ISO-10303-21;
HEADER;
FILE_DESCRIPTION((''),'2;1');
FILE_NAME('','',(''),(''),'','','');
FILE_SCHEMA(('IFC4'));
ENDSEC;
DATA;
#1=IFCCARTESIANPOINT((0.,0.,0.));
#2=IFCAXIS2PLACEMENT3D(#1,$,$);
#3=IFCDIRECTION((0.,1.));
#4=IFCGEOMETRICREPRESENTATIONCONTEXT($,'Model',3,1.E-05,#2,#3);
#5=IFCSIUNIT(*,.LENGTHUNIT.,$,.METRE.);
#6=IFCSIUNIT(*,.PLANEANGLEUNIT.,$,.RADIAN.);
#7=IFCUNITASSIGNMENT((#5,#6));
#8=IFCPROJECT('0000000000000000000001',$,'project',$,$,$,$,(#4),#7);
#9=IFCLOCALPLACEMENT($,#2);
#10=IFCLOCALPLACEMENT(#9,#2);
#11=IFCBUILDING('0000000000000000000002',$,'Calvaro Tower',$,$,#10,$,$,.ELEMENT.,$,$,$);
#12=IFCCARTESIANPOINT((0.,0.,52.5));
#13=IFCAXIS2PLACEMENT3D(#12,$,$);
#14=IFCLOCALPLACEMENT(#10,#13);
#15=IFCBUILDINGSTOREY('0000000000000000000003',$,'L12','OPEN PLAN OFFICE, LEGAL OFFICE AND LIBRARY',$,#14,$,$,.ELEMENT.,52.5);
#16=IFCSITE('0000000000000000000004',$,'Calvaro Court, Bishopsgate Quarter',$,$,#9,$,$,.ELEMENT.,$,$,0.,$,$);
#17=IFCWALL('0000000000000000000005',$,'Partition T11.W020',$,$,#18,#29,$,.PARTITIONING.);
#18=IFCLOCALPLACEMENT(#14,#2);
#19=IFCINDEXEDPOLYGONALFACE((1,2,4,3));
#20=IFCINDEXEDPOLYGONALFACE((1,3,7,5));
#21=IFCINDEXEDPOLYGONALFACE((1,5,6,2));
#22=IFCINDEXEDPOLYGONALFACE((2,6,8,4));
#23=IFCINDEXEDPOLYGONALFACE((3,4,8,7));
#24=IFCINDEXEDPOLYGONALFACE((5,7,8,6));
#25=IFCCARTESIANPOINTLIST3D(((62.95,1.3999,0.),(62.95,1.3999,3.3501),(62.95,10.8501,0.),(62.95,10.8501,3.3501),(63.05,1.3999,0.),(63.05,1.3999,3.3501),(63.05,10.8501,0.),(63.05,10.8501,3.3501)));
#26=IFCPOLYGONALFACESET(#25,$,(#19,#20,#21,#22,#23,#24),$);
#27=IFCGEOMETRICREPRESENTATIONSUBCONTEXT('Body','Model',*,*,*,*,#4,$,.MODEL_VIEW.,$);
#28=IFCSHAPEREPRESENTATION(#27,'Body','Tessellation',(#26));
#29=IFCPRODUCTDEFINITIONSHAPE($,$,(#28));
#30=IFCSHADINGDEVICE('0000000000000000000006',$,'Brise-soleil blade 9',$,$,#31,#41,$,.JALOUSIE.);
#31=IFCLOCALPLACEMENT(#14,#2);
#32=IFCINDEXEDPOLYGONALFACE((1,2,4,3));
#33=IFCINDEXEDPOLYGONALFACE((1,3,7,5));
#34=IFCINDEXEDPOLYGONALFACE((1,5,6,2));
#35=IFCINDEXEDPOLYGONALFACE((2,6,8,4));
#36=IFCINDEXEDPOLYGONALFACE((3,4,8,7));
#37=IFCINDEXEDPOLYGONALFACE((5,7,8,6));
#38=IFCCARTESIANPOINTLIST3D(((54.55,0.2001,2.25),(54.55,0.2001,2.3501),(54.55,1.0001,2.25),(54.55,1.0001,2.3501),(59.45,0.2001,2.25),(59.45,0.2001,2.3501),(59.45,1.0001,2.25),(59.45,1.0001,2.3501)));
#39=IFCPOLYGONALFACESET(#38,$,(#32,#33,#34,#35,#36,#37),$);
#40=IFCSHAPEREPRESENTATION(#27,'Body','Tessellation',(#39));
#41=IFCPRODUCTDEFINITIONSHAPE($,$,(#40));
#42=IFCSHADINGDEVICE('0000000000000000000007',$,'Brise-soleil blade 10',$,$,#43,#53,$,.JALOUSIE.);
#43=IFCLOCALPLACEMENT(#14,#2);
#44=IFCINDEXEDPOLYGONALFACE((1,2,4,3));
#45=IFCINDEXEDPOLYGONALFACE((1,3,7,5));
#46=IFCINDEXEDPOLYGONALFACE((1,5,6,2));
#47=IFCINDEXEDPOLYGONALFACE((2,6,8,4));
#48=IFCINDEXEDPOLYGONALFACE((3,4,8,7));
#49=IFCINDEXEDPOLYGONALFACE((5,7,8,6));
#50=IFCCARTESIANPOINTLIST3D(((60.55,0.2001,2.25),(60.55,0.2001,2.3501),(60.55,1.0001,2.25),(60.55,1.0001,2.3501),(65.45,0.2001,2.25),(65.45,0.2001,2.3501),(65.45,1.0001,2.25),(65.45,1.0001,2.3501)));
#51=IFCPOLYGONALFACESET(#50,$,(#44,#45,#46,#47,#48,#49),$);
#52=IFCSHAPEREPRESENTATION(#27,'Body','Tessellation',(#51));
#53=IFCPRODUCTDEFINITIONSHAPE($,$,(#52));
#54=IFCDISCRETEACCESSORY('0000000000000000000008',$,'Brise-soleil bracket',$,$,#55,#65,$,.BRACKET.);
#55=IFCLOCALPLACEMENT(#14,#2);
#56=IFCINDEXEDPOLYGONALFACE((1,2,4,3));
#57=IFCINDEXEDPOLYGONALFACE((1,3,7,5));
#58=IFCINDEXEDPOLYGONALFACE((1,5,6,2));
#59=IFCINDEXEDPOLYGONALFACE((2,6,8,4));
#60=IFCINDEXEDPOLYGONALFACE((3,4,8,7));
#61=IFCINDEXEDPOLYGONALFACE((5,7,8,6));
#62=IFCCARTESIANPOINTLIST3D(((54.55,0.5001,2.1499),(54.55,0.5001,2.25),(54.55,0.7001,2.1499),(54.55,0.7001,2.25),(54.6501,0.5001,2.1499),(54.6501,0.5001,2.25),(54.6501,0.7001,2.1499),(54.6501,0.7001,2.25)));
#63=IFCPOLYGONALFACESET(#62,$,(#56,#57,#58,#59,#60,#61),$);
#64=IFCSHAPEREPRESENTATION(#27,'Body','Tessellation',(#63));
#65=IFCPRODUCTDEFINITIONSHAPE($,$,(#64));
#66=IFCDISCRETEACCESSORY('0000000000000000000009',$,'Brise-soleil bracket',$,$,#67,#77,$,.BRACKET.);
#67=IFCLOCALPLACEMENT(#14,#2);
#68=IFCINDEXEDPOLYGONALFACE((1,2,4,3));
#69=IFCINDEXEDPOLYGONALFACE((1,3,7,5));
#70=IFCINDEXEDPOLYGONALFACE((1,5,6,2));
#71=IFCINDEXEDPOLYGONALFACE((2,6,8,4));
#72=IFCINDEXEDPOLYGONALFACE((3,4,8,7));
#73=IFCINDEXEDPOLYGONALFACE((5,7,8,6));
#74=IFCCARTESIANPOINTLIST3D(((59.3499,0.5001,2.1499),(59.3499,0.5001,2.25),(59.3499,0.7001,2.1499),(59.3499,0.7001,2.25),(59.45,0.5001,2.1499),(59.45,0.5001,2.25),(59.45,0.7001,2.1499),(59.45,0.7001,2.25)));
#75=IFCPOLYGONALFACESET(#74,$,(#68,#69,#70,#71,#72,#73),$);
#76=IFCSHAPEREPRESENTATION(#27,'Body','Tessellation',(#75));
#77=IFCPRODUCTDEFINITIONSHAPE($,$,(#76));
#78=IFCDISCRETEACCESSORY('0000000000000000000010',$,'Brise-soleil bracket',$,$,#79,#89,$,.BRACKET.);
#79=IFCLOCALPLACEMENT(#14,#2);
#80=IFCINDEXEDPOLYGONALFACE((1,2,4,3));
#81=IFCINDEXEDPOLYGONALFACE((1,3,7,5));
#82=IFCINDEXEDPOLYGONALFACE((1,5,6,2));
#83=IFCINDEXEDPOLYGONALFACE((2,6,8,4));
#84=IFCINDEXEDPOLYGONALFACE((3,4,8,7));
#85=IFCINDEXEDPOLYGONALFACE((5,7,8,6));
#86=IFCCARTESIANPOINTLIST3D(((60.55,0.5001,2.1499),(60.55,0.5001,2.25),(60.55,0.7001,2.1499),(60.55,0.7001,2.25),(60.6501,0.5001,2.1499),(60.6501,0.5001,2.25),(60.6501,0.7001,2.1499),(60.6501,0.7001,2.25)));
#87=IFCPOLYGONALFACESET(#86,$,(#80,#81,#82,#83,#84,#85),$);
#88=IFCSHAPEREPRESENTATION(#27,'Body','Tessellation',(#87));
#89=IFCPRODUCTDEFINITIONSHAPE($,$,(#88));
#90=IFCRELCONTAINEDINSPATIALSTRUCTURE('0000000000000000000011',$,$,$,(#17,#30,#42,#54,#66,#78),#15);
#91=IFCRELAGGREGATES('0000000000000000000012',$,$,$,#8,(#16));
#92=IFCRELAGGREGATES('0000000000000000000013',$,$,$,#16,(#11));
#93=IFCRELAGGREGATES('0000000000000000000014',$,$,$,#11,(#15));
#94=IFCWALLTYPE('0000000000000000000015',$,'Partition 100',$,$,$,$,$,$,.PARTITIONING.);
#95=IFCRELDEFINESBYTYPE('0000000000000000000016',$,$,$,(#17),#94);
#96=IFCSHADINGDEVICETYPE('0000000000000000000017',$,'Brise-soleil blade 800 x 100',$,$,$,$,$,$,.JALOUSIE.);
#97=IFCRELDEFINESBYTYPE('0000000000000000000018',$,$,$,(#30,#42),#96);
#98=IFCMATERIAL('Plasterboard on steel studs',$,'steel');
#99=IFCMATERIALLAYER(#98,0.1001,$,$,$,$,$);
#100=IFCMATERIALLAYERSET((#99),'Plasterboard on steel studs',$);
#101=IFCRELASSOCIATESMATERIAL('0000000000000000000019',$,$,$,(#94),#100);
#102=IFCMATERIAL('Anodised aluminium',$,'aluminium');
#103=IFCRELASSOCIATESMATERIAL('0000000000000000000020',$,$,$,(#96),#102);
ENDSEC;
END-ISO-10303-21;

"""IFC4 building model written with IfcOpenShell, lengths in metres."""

from ifc_helpers import new_model, si_unit, direction, frame, frame_2d, origin, origin_2d, place, context, subcontext, project, spatial, rectangle, extrude, material, layer, layer_set, material_profile, profile_set, type_object, element, save


model = new_model("IFC4")

# Units and contexts
model_context = context("Model", 3, precision=1e-05, world=origin(), true_north=direction((0.0, 1.0)))
body_context = subcontext(model_context, "Body", "Model", "MODEL_VIEW")
ifc_project = project(units=[si_unit("LENGTHUNIT", "METRE"), si_unit("PLANEANGLEUNIT", "RADIAN")], contexts=[model_context])

# Site, building, storey
site_placement = place(None, origin())
site = spatial("IfcSite", under=ifc_project, at=site_placement, Name="Calvaro Court, Bishopsgate Quarter", CompositionType="ELEMENT", RefElevation=0.0)
building_placement = place(site_placement, origin())
building = spatial("IfcBuilding", under=site, at=building_placement, Name="Calvaro Tower", CompositionType="ELEMENT")
storey_placement = place(building_placement, frame((0.0, 0.0, 52.5)))
storey = spatial("IfcBuildingStorey", under=building, at=storey_placement, Name="L12", Description="OPEN PLAN OFFICE, LEGAL OFFICE AND LIBRARY", CompositionType="ELEMENT", Elevation=52.5)

# Wall
ifc_material_1 = material(Name="Plasterboard on steel studs", Category="steel")
ifc_layer_1 = layer(ifc_material_1, 0.1001)
ifc_layer_set_1 = layer_set([ifc_layer_1], Name="Plasterboard on steel studs")
wall_type = type_object("IfcWallType", Name="Partition 100", PredefinedType="PARTITIONING", material=ifc_layer_set_1)
wall_placement = place(storey_placement, frame((63.0, 1.3999, 0.0), z_axis=(0.0, 0.0, 1.0), x_axis=(0.0, 1.0, 0.0)))
element("IfcWall", 1, at=wall_placement, inside=storey, type_object=wall_type, Name="Partition T11.W020", PredefinedType="PARTITIONING", context=body_context, shape_type="SweptSolid", body=[
    extrude(rectangle(XDim=9.4502, YDim=0.1001, at=frame_2d((4.7251, 0.0))), origin(), (0.0, 0.0, 1.0), 3.3501),
])

# Shading devices
ifc_material_2 = material(Name="Anodised aluminium", Category="aluminium")
ifc_material_profile_1 = material_profile(ifc_material_2, rectangle(XDim=0.8, YDim=0.1001, at=origin_2d()), Name="Brise-soleil blade 800 x 100")
ifc_profile_set_1 = profile_set([ifc_material_profile_1], Name="Anodised aluminium")
shading_device_type = type_object("IfcShadingDeviceType", Name="Brise-soleil blade 800 x 100", PredefinedType="JALOUSIE", material=ifc_profile_set_1)
for number, where, z_axis, x_axis, name in (
    (2, (54.55, 0.6001, 2.3), (1.0, 0.0, 0.0), (0.0, 1.0, 0.0), "Brise-soleil blade 9"),
    (3, (60.55, 0.6001, 2.3), (1.0, 0.0, 0.0), (0.0, 1.0, 0.0), "Brise-soleil blade 10"),
):
    element("IfcShadingDevice", number, at=place(storey_placement, frame(where, z_axis=z_axis, x_axis=x_axis)), inside=storey, type_object=shading_device_type, Name=name, PredefinedType="JALOUSIE", context=body_context, shape_type="SweptSolid", body=[
        extrude(rectangle(XDim=0.8, YDim=0.1001, at=origin_2d()), origin(), (0.0, 0.0, 1.0), 4.8999),
    ])

# Discrete accessories
for number, where, z_axis, x_axis, name in (
    (4, (54.6001, 0.6001, 2.1499), (0.0, 0.0, 1.0), (1.0, 0.0, 0.0), "Brise-soleil bracket"),
    (5, (59.3999, 0.6001, 2.1499), (0.0, 0.0, 1.0), (1.0, 0.0, 0.0), "Brise-soleil bracket"),
    (6, (60.6001, 0.6001, 2.1499), (0.0, 0.0, 1.0), (1.0, 0.0, 0.0), "Brise-soleil bracket"),
):
    element("IfcDiscreteAccessory", number, at=place(storey_placement, frame(where, z_axis=z_axis, x_axis=x_axis)), inside=storey, Name=name, PredefinedType="BRACKET", context=body_context, shape_type="SweptSolid", body=[
        extrude(rectangle(XDim=0.1001, YDim=0.2, at=origin_2d()), origin(), (0.0, 0.0, 1.0), 0.1001),
    ])

save(model, "model.ifc")
